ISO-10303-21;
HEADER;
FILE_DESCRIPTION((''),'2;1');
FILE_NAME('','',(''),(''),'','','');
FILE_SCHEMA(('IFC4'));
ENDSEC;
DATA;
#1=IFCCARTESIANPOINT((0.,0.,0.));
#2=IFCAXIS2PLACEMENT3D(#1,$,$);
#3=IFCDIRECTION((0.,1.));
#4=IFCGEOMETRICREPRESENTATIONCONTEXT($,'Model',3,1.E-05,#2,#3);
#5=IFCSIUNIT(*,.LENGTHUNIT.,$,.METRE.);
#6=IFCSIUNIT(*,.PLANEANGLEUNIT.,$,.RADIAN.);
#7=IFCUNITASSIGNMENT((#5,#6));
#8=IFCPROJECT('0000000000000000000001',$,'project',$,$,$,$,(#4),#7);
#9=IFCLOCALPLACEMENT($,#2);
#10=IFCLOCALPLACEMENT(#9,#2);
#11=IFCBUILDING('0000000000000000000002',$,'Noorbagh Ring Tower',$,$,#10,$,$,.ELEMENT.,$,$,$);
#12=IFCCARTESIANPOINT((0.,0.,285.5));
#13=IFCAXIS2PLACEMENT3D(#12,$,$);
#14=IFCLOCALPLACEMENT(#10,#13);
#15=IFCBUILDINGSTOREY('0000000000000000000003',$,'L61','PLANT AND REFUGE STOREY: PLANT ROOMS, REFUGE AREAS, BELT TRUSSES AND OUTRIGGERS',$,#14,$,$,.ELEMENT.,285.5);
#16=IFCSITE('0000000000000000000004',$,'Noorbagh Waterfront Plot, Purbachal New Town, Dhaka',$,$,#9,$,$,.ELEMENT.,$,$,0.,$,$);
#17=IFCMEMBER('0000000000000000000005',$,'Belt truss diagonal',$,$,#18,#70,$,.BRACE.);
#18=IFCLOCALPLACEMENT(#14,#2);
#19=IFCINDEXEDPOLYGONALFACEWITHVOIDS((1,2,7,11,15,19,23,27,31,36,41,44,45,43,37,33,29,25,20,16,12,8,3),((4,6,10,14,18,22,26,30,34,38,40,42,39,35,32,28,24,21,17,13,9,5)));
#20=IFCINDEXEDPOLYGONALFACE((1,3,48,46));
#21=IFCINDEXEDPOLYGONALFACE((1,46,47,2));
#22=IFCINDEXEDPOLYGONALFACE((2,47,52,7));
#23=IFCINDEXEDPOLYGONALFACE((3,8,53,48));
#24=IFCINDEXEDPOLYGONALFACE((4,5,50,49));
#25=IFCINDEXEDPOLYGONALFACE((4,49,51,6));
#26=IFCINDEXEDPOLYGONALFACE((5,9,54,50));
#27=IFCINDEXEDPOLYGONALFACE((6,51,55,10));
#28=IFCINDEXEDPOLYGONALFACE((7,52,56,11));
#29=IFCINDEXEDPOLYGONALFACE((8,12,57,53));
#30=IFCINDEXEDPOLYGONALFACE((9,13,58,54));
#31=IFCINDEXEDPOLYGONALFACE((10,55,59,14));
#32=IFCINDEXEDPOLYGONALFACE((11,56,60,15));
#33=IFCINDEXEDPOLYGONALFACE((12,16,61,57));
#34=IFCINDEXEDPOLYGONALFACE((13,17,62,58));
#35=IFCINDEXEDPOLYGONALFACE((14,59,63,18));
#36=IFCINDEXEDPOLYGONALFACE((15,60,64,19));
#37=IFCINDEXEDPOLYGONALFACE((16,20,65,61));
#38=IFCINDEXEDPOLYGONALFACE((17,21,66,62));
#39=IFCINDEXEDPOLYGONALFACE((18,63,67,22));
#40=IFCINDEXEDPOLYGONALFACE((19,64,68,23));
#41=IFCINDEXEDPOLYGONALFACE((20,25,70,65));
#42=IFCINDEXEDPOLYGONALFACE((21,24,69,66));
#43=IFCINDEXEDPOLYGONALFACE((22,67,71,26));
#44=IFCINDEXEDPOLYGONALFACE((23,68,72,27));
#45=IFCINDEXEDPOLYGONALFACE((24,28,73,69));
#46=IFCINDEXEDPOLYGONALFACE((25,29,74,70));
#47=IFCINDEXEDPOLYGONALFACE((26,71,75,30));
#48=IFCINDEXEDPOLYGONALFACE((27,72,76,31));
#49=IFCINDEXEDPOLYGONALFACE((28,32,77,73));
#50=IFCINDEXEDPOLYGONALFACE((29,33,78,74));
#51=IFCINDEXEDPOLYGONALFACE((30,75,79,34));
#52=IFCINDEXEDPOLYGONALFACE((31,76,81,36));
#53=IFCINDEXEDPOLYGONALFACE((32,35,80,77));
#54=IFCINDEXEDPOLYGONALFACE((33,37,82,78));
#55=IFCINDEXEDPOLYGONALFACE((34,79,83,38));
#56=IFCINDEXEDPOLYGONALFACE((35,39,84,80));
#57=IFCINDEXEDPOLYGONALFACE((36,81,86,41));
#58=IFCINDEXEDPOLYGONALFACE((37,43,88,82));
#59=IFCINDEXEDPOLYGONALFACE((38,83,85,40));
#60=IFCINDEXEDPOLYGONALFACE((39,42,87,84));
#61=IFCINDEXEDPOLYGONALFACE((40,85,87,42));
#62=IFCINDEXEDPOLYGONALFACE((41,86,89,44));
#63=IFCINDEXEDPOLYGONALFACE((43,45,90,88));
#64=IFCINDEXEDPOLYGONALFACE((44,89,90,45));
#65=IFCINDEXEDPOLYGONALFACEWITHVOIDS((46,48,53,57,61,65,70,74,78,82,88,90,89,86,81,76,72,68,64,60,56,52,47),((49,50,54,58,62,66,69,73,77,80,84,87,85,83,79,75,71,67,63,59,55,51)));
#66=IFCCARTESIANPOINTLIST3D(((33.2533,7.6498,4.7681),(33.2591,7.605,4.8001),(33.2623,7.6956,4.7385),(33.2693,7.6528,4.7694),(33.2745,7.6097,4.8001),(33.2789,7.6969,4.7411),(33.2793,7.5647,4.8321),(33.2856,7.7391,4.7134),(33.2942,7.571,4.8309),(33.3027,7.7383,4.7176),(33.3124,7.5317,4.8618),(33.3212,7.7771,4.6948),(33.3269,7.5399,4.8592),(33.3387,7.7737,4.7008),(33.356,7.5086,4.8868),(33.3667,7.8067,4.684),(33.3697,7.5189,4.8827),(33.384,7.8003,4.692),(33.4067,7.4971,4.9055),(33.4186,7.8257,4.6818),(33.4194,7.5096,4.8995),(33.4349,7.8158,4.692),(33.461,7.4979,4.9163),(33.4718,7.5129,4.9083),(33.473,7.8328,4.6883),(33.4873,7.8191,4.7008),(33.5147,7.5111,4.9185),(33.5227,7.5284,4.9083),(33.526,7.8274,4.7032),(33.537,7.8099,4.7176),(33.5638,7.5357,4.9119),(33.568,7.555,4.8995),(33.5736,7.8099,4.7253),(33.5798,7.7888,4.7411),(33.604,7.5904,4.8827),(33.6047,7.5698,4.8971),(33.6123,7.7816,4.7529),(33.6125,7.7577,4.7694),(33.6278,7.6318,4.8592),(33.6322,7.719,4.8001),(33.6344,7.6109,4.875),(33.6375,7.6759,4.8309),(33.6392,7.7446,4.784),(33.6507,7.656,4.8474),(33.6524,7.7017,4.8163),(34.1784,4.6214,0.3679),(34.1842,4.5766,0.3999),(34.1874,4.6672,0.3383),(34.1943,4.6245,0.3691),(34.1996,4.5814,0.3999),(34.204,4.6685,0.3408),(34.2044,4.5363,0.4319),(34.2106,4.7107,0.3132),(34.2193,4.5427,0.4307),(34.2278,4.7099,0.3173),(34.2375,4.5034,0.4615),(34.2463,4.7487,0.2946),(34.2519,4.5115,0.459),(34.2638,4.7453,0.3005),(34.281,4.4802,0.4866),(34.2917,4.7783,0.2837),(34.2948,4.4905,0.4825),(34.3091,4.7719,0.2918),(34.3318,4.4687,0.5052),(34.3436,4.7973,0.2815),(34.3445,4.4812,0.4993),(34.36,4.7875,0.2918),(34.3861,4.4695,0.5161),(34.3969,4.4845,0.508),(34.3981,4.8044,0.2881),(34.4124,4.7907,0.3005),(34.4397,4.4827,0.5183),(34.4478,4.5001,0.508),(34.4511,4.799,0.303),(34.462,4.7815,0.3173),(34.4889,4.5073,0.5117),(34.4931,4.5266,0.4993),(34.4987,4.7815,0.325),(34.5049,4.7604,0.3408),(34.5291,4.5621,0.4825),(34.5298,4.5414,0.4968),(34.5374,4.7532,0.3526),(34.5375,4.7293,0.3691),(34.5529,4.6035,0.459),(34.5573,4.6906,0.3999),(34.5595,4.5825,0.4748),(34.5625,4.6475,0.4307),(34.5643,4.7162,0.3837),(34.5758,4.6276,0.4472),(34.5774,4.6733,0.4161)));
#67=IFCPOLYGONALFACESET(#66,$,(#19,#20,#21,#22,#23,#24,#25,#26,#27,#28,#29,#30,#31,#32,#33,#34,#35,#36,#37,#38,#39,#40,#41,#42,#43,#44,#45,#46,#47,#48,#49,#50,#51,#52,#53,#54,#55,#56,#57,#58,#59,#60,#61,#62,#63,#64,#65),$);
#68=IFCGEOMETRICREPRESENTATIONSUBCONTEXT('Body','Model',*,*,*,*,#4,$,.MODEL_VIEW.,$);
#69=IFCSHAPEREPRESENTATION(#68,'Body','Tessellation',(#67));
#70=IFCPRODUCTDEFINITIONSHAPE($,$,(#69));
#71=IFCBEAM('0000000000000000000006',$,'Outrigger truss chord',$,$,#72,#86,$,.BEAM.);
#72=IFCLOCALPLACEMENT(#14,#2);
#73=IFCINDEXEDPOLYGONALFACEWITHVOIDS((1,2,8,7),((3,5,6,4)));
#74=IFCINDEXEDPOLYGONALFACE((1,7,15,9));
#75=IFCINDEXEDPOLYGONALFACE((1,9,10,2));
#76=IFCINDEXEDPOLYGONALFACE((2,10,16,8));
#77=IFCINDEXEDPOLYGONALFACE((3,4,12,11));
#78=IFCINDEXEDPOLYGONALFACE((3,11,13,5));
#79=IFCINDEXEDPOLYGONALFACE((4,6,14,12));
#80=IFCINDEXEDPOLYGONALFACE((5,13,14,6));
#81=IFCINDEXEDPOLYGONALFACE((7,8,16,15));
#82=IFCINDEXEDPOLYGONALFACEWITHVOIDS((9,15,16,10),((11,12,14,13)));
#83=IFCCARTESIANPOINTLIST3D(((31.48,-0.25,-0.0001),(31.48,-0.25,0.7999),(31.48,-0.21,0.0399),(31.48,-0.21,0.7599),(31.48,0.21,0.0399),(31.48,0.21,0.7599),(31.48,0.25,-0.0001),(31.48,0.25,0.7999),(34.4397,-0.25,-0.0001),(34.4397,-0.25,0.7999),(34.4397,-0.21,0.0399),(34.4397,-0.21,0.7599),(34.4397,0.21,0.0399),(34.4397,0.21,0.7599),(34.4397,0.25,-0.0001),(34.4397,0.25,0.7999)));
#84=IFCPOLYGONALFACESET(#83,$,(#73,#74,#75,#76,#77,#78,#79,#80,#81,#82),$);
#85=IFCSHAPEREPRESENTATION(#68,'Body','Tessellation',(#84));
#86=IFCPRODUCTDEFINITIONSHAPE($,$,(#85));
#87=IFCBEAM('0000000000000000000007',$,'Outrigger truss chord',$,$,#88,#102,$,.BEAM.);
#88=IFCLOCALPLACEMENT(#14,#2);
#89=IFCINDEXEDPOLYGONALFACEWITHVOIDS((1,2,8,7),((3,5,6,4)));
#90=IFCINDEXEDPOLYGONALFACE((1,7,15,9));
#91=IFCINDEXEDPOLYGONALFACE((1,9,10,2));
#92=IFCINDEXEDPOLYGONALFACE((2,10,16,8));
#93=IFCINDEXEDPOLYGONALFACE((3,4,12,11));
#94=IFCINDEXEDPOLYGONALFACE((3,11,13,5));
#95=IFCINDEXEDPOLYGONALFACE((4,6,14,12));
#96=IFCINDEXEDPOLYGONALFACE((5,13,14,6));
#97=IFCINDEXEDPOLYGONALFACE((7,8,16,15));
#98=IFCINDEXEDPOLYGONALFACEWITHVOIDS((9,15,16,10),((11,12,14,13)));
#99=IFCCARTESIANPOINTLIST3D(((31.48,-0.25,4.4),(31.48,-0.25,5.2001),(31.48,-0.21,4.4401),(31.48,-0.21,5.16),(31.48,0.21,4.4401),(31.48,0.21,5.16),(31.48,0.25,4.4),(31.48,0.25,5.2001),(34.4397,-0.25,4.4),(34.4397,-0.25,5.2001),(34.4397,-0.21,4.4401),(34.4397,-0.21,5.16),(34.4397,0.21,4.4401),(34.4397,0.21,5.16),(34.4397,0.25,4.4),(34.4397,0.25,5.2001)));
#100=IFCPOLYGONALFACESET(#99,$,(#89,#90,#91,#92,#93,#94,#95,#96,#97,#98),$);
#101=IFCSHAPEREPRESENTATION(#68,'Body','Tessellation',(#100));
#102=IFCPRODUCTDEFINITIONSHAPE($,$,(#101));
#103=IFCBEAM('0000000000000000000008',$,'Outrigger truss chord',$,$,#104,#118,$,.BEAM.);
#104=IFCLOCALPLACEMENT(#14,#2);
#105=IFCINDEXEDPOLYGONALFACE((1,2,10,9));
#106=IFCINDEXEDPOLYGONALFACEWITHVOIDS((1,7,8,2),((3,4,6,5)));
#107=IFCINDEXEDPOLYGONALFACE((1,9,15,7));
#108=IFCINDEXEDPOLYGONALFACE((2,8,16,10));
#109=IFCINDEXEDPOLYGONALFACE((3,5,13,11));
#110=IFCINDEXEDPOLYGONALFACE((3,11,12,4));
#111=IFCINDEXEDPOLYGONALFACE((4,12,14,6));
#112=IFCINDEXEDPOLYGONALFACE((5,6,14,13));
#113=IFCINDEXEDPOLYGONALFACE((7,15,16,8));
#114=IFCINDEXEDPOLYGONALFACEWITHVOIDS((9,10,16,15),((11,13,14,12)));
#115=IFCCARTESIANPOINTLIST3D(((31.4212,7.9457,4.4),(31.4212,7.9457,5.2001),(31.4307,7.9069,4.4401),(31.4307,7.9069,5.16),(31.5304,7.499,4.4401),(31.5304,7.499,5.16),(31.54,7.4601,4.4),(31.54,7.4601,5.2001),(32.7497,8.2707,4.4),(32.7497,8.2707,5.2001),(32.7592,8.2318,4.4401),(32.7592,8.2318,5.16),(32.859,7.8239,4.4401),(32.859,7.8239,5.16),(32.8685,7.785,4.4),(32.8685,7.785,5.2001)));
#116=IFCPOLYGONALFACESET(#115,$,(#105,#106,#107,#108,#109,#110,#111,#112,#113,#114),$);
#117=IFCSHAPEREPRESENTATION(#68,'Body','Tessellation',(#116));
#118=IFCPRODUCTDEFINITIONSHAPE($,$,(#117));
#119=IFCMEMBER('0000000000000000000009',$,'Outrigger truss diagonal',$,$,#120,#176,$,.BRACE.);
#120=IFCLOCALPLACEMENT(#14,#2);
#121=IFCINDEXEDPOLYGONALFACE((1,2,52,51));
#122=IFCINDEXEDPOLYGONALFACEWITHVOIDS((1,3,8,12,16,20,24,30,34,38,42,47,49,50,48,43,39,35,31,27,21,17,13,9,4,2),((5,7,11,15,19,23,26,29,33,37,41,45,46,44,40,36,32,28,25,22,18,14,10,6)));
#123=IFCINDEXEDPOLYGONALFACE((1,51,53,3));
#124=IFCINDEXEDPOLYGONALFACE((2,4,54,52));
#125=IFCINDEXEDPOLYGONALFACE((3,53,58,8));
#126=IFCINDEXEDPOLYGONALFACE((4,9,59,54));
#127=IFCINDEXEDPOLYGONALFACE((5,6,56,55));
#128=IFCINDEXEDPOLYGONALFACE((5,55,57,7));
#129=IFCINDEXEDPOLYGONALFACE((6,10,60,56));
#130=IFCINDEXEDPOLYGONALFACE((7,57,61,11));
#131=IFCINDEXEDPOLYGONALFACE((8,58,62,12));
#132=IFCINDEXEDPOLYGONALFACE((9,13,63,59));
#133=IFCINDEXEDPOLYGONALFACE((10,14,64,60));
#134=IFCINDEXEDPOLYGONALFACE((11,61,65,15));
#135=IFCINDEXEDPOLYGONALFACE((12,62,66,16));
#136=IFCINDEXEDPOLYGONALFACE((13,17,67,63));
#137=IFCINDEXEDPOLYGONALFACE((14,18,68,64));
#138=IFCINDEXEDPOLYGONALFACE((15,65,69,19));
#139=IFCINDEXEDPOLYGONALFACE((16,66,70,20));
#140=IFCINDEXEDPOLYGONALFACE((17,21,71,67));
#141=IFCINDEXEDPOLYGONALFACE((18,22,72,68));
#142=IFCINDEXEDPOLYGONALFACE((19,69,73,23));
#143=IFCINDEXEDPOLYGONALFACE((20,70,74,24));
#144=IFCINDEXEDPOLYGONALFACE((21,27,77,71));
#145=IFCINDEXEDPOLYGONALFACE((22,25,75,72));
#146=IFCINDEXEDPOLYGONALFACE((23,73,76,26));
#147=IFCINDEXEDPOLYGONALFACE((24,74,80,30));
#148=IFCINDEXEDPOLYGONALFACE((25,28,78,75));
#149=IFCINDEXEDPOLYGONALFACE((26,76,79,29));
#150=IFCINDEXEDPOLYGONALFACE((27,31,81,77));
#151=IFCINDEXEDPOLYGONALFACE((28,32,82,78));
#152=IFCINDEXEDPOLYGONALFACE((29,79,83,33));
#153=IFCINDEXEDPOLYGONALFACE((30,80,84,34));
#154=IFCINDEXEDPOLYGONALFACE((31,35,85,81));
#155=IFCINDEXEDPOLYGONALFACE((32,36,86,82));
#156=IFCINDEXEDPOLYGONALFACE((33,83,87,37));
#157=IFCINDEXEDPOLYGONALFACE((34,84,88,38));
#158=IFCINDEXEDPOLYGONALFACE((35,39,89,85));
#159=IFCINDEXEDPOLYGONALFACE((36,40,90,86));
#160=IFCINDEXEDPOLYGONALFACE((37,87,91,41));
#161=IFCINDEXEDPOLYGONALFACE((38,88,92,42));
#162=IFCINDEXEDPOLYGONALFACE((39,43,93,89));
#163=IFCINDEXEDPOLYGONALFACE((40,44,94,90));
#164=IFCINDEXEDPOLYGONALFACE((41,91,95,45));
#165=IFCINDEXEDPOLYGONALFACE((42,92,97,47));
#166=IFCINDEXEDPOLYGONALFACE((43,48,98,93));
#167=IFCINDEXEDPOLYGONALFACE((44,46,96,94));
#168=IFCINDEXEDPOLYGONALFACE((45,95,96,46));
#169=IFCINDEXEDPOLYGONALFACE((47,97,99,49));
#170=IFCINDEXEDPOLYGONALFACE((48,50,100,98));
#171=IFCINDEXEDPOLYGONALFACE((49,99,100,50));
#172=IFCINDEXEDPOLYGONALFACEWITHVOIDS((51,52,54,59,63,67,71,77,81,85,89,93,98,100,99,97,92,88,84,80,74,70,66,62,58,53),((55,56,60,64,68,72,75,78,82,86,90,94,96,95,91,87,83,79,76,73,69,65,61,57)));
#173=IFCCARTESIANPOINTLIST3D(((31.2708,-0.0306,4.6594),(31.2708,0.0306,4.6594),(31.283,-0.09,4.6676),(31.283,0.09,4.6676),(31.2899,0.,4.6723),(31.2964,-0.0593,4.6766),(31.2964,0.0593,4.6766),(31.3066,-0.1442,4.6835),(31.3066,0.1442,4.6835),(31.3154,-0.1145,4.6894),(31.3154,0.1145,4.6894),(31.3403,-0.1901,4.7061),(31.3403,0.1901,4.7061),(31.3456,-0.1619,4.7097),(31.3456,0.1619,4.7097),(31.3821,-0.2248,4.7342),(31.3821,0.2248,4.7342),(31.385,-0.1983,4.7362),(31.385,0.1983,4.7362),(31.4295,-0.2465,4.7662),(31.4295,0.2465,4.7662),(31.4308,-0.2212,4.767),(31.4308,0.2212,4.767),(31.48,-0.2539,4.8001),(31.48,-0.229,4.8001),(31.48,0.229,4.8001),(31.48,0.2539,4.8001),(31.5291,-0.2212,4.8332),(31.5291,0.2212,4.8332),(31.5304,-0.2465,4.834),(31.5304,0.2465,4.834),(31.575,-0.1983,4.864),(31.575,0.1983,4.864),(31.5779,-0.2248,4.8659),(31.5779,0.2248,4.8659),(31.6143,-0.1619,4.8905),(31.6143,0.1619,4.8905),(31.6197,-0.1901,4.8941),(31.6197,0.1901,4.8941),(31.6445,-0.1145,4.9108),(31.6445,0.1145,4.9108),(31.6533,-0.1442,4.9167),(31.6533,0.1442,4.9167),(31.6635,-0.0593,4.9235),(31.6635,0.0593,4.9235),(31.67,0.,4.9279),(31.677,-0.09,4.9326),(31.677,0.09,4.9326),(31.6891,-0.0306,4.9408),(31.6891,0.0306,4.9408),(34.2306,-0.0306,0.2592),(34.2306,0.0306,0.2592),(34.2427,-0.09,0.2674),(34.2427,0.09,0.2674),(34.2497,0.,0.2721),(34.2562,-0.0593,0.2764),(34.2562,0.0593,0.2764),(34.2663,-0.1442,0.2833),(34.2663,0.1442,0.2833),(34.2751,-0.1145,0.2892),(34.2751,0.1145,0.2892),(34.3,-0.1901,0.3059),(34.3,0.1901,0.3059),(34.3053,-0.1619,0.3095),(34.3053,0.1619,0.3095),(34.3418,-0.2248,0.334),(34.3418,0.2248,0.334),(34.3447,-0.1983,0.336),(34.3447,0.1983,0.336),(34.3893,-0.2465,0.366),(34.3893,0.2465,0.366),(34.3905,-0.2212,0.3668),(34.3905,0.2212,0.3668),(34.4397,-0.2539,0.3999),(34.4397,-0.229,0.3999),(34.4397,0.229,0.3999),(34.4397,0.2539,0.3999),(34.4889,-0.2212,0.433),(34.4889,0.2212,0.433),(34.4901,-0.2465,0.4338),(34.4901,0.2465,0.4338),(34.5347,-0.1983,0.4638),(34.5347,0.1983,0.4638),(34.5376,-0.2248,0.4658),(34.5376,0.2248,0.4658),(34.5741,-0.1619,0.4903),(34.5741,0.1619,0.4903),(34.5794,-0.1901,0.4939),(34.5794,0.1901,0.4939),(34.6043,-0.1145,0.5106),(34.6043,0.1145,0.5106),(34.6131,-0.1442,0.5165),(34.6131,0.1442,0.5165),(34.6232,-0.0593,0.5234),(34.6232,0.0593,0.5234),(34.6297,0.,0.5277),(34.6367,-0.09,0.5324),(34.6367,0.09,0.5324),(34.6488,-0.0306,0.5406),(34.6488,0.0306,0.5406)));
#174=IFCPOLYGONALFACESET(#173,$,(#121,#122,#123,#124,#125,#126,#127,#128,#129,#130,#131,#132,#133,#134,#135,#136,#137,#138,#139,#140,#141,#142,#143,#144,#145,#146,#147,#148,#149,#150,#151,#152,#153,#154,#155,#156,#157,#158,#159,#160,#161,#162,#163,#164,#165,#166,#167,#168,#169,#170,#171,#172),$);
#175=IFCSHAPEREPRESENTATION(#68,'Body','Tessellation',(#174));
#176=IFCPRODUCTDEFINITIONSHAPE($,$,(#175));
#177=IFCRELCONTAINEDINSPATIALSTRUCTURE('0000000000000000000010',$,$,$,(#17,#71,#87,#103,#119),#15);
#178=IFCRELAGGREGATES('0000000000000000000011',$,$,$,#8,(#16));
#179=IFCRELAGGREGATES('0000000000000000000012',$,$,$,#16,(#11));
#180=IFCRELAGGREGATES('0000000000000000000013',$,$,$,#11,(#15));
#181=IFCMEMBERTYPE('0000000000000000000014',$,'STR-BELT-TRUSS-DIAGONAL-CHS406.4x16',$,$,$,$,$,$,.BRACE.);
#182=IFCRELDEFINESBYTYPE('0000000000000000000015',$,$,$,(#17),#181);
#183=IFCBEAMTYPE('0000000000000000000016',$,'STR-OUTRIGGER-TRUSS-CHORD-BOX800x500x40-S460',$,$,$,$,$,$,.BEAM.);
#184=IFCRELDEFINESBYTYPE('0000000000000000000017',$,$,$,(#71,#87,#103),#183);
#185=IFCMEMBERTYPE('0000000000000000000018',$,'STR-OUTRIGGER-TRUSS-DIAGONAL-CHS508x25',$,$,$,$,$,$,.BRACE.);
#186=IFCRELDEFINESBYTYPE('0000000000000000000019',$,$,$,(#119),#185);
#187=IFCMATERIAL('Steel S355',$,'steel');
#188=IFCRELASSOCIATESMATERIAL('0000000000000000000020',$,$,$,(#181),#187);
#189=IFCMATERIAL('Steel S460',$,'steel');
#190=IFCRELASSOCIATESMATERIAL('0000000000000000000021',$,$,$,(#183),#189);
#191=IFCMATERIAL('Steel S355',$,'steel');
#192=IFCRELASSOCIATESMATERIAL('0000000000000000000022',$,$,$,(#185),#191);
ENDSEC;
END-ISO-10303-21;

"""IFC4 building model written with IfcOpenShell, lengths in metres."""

from ifc_helpers import new_model, si_unit, direction, frame, origin, origin_2d, place, context, subcontext, project, spatial, hollow_rectangle, hollow_circle, extrude, material, material_profile, profile_set, type_object, element, save


model = new_model("IFC4")

# Units and contexts
model_context = context("Model", 3, precision=1e-05, world=origin(), true_north=direction((0.0, 1.0)))
body_context = subcontext(model_context, "Body", "Model", "MODEL_VIEW")
ifc_project = project(units=[si_unit("LENGTHUNIT", "METRE"), si_unit("PLANEANGLEUNIT", "RADIAN")], contexts=[model_context])

# Site, building, storey
site_placement = place(None, origin())
site = spatial("IfcSite", under=ifc_project, at=site_placement, Name="Noorbagh Waterfront Plot, Purbachal New Town, Dhaka", CompositionType="ELEMENT", RefElevation=0.0)
building_placement = place(site_placement, origin())
building = spatial("IfcBuilding", under=site, at=building_placement, Name="Noorbagh Ring Tower", CompositionType="ELEMENT")
storey_placement = place(building_placement, frame((0.0, 0.0, 285.5)))
storey = spatial("IfcBuildingStorey", under=building, at=storey_placement, Name="L61", Description="PLANT AND REFUGE STOREY: PLANT ROOMS, REFUGE AREAS, BELT TRUSSES AND OUTRIGGERS", CompositionType="ELEMENT", Elevation=285.5)

# Member
ifc_material_1 = material(Name="Steel S355", Category="steel")
ifc_material_profile_1 = material_profile(ifc_material_1, hollow_circle(Radius=0.2031, WallThickness=0.0161, at=origin_2d()), Name="CHS406.4x16")
ifc_profile_set_1 = profile_set([ifc_material_profile_1], Name="Steel S355")
member_type_1 = type_object("IfcMemberType", Name="STR-BELT-TRUSS-DIAGONAL-CHS406.4x16", PredefinedType="BRACE", material=ifc_profile_set_1)
member_1_placement = place(storey_placement, frame((34.3784, 4.636, 0.3999), z_axis=(-0.17064, 0.558623, 0.811679), x_axis=(-0.956376, -0.29214, 0.0)))
element("IfcMember", 1, at=member_1_placement, inside=storey, type_object=member_type_1, Name="Belt truss diagonal", PredefinedType="BRACE", context=body_context, shape_type="SweptSolid", body=[
    extrude(hollow_circle(Radius=0.2031, WallThickness=0.0161, at=origin_2d()), origin(), (0.0, 0.0, 1.0), 5.4211),
])

# Beams
ifc_material_2 = material(Name="Steel S460", Category="steel")
ifc_material_profile_2 = material_profile(ifc_material_2, hollow_rectangle(XDim=0.5, YDim=0.8, WallThickness=0.04, at=origin_2d()), Name="BOX800x500x40")
ifc_profile_set_2 = profile_set([ifc_material_profile_2], Name="Steel S460")
beam_type_1 = type_object("IfcBeamType", Name="STR-OUTRIGGER-TRUSS-CHORD-BOX800x500x40-S460", PredefinedType="BEAM", material=ifc_profile_set_2)
for number, where, z_axis, x_axis, name in (
    (2, (34.4397, 0.0, 0.3999), (-1.0, 0.0, 0.0), (0.0, -1.0, 0.0), "Outrigger truss chord"),
    (3, (34.4397, 0.0, 4.8), (-1.0, 0.0, 0.0), (0.0, -1.0, 0.0), "Outrigger truss chord"),
):
    element("IfcBeam", number, at=place(storey_placement, frame(where, z_axis=z_axis, x_axis=x_axis)), inside=storey, type_object=beam_type_1, Name=name, PredefinedType="BEAM", context=body_context, shape_type="SweptSolid", body=[
        extrude(hollow_rectangle(XDim=0.5, YDim=0.8, WallThickness=0.04, at=origin_2d()), origin(), (0.0, 0.0, 1.0), 2.9597),
    ])
beam_placement = place(storey_placement, frame((32.8091, 8.0278, 4.8), z_axis=(-0.971369, -0.237577, 0.0), x_axis=(0.237577, -0.971369, 0.0)))
element("IfcBeam", 4, at=beam_placement, inside=storey, type_object=beam_type_1, Name="Outrigger truss chord", PredefinedType="BEAM", context=body_context, shape_type="SweptSolid", body=[
    extrude(hollow_rectangle(XDim=0.5, YDim=0.8, WallThickness=0.04, at=origin_2d()), origin(), (0.0, 0.0, 1.0), 1.3677),
])

# Member
ifc_material_3 = material(Name="Steel S355", Category="steel")
ifc_material_profile_3 = material_profile(ifc_material_3, hollow_circle(Radius=0.2539, WallThickness=0.0249, at=origin_2d()), Name="CHS508x25")
ifc_profile_set_3 = profile_set([ifc_material_profile_3], Name="Steel S355")
member_type_2 = type_object("IfcMemberType", Name="STR-OUTRIGGER-TRUSS-DIAGONAL-CHS508x25", PredefinedType="BRACE", material=ifc_profile_set_3)
member_2_placement = place(storey_placement, frame((34.4397, 0.0, 0.3999), z_axis=(-0.558127, 0.0, 0.829755), x_axis=(0.0, -1.0, 0.0)))
element("IfcMember", 5, at=member_2_placement, inside=storey, type_object=member_type_2, Name="Outrigger truss diagonal", PredefinedType="BRACE", context=body_context, shape_type="SweptSolid", body=[
    extrude(hollow_circle(Radius=0.2539, WallThickness=0.0249, at=origin_2d()), origin(), (0.0, 0.0, 1.0), 5.303),
])

save(model, "model.ifc")
